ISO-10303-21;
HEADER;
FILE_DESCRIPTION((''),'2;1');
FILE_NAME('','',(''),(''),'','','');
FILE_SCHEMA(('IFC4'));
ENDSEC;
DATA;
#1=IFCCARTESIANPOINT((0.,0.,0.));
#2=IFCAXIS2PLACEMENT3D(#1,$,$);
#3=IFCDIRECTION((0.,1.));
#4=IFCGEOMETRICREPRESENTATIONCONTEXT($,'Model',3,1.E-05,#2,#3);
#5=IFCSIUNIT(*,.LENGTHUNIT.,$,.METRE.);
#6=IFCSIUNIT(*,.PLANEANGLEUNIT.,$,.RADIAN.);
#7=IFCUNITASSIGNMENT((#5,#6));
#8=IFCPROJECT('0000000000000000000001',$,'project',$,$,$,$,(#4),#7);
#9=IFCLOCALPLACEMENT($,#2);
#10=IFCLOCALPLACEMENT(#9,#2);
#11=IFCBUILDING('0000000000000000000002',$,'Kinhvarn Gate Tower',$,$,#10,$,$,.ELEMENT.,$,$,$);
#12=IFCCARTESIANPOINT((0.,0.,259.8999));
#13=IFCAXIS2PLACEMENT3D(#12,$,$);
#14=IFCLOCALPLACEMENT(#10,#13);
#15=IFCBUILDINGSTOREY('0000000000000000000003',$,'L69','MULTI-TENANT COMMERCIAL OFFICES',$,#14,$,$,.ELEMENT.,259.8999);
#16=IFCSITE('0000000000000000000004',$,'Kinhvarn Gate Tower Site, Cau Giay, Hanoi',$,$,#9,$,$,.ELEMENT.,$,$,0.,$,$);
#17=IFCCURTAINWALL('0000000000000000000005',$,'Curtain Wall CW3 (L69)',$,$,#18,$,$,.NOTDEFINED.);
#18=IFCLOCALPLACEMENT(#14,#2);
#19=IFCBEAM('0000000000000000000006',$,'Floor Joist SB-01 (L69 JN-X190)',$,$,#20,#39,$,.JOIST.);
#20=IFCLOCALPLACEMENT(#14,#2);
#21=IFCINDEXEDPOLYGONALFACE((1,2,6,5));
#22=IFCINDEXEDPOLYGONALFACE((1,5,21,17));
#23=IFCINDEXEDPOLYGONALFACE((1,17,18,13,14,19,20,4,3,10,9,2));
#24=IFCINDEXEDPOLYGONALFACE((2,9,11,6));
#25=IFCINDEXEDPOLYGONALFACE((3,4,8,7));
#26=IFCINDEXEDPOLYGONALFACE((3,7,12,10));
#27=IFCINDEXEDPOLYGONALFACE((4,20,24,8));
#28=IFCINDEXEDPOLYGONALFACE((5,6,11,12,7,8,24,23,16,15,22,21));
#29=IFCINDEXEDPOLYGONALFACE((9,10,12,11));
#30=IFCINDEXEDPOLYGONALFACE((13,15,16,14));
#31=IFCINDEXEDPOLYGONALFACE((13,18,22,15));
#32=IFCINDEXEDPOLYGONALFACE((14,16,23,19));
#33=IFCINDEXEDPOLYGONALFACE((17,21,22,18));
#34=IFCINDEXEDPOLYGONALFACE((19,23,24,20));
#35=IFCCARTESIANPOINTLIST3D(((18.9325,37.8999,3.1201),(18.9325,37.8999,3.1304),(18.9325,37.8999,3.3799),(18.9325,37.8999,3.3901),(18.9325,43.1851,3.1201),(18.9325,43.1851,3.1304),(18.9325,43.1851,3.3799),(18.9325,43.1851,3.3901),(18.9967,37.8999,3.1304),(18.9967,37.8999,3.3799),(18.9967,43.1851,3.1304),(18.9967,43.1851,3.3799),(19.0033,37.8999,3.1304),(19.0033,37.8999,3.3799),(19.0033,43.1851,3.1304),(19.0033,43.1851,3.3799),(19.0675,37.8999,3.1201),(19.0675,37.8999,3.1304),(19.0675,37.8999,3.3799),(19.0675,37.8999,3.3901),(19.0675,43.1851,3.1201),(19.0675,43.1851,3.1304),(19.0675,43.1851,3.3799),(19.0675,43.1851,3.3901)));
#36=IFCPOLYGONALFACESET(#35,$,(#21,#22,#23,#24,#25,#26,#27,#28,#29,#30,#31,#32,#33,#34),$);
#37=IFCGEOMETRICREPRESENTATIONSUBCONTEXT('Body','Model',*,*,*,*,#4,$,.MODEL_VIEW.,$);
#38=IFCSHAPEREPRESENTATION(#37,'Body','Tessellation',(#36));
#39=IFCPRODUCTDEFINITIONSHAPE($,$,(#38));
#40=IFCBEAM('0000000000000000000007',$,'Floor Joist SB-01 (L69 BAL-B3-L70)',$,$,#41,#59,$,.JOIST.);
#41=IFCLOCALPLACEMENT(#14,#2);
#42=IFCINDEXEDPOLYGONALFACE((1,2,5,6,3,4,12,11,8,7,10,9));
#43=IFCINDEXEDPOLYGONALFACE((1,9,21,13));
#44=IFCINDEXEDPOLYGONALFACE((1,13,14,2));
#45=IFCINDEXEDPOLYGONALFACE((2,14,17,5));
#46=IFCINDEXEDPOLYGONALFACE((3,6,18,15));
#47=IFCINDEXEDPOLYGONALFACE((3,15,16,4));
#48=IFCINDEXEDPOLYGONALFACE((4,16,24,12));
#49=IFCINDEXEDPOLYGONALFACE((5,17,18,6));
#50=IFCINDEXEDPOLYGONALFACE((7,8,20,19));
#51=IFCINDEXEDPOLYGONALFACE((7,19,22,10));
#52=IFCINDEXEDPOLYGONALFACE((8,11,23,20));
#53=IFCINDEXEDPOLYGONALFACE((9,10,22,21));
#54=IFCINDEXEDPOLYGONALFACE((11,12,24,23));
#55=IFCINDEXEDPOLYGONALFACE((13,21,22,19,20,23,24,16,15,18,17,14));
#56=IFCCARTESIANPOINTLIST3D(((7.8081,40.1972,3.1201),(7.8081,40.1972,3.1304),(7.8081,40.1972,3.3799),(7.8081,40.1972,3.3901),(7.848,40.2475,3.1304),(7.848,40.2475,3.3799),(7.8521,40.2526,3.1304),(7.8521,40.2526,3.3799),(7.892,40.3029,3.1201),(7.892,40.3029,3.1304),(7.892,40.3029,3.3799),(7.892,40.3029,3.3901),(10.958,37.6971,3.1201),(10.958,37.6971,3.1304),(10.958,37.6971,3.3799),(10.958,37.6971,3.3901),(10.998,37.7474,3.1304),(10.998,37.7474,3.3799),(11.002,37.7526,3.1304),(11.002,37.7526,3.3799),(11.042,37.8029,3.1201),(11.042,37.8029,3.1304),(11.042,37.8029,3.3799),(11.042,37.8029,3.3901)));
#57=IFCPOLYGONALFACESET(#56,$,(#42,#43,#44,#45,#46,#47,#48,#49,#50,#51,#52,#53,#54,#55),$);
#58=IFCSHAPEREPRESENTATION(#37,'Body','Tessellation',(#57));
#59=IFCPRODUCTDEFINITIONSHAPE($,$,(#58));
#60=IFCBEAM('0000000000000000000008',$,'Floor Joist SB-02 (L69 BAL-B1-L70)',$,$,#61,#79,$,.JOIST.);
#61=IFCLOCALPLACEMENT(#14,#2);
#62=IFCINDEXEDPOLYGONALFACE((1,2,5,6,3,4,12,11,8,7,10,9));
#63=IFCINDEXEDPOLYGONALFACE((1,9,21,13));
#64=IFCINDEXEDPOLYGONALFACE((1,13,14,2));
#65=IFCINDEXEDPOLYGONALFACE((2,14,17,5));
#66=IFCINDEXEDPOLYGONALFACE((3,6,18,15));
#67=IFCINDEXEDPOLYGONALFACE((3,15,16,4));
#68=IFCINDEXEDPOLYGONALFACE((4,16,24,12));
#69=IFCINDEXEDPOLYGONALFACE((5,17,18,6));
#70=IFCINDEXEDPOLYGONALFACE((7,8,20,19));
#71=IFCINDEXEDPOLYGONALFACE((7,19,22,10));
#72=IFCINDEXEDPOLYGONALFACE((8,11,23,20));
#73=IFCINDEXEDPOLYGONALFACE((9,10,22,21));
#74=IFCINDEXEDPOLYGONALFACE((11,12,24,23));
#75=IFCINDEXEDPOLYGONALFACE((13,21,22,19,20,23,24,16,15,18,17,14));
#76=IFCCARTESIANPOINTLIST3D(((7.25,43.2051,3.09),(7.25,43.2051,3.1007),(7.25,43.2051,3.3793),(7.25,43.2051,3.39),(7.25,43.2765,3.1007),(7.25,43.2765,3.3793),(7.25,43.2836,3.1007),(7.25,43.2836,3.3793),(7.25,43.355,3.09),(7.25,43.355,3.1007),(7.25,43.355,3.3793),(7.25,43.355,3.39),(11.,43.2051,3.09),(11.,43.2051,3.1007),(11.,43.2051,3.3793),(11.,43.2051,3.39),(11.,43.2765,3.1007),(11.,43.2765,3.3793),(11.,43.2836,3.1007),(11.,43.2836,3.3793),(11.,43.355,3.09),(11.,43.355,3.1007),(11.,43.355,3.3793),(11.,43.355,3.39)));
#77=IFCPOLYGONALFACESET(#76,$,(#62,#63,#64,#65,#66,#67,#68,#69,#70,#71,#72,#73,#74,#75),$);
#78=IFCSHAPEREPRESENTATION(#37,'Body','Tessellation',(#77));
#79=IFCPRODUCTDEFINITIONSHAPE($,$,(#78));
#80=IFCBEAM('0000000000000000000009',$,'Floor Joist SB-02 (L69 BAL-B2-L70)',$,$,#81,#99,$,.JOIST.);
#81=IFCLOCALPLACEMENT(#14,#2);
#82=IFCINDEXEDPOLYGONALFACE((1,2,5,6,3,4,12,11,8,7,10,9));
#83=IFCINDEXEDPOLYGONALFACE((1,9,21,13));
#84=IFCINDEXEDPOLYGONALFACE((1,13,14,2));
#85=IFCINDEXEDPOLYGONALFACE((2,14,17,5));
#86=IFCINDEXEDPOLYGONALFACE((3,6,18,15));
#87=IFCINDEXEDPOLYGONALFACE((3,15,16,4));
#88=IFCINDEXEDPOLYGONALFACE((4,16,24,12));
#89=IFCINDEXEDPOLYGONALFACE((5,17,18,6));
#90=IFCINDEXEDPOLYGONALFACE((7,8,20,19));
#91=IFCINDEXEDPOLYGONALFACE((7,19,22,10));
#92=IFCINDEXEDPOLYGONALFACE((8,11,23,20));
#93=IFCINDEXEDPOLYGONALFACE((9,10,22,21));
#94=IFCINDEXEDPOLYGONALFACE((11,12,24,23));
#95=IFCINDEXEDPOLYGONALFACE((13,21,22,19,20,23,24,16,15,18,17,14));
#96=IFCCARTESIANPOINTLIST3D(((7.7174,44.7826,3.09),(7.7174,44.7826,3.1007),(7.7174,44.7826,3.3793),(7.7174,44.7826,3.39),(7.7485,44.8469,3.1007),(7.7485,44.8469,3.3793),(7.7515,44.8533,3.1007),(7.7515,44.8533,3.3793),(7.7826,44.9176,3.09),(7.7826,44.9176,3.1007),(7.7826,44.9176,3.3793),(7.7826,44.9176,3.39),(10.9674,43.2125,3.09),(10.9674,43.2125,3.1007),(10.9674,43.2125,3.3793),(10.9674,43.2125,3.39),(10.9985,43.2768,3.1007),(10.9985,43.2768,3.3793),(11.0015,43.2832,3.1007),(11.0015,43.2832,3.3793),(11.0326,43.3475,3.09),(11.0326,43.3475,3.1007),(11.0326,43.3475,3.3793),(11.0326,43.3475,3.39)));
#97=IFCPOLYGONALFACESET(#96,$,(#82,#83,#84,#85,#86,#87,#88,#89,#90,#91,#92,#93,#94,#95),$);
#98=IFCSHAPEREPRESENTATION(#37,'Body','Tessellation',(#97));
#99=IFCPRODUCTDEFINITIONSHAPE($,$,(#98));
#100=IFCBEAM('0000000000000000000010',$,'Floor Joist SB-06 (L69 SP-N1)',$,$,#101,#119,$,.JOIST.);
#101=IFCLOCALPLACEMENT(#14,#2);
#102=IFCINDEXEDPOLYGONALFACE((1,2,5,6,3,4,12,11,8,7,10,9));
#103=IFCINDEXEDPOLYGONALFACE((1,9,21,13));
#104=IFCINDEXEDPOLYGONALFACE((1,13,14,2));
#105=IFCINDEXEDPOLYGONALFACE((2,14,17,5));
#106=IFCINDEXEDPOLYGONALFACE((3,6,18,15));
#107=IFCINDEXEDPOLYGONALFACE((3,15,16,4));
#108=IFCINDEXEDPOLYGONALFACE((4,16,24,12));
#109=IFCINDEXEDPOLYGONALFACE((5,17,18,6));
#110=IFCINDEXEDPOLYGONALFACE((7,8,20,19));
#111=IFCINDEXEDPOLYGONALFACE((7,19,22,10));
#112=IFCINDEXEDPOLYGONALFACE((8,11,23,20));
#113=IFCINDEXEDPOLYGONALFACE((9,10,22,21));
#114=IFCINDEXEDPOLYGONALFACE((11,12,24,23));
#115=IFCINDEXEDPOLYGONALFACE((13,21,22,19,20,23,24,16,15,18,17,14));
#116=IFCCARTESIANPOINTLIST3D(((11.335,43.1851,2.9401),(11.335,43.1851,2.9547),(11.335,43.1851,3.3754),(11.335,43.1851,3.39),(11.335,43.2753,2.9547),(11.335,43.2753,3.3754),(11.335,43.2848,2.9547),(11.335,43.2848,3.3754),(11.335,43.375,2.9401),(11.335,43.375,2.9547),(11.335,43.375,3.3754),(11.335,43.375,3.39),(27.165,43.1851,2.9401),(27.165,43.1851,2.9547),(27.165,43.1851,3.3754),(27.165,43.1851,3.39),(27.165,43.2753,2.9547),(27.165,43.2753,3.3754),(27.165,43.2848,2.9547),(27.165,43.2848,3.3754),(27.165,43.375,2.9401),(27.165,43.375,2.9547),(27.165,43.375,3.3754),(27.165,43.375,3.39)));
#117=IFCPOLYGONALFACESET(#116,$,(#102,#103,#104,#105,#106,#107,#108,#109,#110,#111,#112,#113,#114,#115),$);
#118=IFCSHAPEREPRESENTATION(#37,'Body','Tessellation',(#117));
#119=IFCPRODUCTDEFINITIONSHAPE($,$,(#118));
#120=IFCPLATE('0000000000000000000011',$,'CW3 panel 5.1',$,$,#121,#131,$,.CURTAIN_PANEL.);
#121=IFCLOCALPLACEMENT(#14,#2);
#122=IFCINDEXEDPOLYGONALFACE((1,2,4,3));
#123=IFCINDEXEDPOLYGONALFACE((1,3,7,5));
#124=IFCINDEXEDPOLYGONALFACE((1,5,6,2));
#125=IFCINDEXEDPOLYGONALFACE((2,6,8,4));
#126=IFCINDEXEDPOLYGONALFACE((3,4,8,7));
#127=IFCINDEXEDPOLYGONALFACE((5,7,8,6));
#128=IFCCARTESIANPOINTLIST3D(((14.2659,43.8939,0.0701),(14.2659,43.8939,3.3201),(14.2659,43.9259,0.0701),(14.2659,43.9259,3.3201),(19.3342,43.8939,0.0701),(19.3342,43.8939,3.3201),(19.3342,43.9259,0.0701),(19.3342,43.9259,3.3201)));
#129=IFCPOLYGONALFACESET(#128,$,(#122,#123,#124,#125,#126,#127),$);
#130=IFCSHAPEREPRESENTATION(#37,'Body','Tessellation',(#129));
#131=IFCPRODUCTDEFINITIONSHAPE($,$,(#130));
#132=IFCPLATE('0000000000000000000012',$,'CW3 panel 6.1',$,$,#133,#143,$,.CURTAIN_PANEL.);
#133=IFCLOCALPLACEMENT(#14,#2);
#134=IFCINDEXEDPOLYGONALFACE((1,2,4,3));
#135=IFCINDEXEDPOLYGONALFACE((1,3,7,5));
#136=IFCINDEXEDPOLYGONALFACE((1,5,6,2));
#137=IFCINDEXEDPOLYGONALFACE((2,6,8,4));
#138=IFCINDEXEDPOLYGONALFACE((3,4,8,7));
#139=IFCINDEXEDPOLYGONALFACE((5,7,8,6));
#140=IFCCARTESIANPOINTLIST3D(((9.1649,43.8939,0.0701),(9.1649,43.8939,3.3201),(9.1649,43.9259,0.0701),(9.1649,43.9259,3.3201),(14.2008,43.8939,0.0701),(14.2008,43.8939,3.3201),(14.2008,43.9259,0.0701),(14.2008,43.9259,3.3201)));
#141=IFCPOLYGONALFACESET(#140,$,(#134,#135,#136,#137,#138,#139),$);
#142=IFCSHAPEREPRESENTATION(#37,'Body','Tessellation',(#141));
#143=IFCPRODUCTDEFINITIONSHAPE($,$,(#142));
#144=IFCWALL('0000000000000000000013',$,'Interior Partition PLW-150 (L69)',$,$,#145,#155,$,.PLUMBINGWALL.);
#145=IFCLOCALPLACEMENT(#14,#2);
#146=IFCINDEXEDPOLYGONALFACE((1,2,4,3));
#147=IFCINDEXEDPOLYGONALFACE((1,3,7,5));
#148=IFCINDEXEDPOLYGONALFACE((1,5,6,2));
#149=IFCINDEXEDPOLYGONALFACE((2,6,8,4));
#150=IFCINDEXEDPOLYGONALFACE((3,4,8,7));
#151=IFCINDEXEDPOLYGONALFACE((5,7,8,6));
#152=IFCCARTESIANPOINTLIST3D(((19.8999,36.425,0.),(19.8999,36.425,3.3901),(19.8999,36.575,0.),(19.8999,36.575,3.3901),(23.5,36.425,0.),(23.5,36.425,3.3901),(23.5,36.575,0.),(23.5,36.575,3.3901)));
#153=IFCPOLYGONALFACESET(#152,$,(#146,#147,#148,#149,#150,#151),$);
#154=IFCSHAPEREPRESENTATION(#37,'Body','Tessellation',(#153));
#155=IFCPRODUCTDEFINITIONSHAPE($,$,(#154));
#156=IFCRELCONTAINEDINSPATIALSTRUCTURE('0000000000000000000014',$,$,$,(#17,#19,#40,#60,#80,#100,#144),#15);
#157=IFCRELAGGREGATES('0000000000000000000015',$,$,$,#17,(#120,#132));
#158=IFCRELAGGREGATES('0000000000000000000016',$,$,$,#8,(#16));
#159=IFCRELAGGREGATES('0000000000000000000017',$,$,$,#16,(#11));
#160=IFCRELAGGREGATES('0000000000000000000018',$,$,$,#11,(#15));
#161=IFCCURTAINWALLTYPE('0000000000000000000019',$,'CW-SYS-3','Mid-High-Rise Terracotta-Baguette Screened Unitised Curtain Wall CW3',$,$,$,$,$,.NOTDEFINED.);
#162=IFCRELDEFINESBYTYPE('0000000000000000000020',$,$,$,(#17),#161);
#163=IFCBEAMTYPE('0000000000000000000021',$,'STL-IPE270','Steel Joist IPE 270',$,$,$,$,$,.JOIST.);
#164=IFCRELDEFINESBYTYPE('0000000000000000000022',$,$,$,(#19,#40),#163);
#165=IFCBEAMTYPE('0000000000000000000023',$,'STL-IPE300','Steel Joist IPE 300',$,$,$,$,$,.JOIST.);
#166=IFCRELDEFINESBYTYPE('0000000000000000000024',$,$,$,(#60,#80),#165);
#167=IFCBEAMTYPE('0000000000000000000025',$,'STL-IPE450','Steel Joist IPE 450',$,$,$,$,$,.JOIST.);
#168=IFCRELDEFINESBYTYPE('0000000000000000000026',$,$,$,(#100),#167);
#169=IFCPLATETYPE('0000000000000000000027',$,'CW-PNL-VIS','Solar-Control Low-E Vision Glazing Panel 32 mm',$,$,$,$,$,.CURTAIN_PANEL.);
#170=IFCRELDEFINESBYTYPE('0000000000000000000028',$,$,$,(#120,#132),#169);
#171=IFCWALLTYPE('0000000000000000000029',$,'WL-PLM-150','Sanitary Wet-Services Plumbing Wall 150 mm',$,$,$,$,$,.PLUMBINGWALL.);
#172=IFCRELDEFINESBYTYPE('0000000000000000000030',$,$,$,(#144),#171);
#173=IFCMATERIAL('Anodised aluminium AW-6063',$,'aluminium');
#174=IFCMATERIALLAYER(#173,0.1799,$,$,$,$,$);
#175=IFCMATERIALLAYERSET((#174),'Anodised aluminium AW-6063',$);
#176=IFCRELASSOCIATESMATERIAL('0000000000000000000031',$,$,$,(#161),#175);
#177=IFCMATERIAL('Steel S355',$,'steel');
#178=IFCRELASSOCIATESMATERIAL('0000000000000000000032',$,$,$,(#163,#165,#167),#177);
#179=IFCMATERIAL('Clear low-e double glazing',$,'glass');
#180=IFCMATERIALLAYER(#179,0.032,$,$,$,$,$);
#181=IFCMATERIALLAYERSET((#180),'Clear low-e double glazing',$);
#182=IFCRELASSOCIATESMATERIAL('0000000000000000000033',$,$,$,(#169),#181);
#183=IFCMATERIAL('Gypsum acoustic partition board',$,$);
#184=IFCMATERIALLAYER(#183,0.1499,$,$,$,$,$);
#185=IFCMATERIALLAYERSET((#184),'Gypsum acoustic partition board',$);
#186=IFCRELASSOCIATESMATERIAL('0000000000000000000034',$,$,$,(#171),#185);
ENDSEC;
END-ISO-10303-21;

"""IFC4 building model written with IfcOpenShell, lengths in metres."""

from ifc_helpers import new_model, si_unit, direction, frame, frame_2d, origin, origin_2d, place, context, subcontext, project, spatial, rectangle, i_section, extrude, material, layer, layer_set, material_profile, profile_set, type_object, element, aggregate, save


model = new_model("IFC4")

# Units and contexts
model_context = context("Model", 3, precision=1e-05, world=origin(), true_north=direction((0.0, 1.0)))
body_context = subcontext(model_context, "Body", "Model", "MODEL_VIEW")
ifc_project = project(units=[si_unit("LENGTHUNIT", "METRE"), si_unit("PLANEANGLEUNIT", "RADIAN")], contexts=[model_context])

# Site, building, storey
site_placement = place(None, origin())
site = spatial("IfcSite", under=ifc_project, at=site_placement, Name="Kinhvarn Gate Tower Site, Cau Giay, Hanoi", CompositionType="ELEMENT", RefElevation=0.0)
building_placement = place(site_placement, origin())
building = spatial("IfcBuilding", under=site, at=building_placement, Name="Kinhvarn Gate Tower", CompositionType="ELEMENT")
storey_placement = place(building_placement, frame((0.0, 0.0, 259.8999)))
storey = spatial("IfcBuildingStorey", under=building, at=storey_placement, Name="L69", Description="MULTI-TENANT COMMERCIAL OFFICES", CompositionType="ELEMENT", Elevation=259.8999)

# Curtain wall
ifc_material_1 = material(Name="Anodised aluminium AW-6063", Category="aluminium")
ifc_layer_1 = layer(ifc_material_1, 0.1799)
ifc_layer_set_1 = layer_set([ifc_layer_1], Name="Anodised aluminium AW-6063")
curtain_wall_type = type_object("IfcCurtainWallType", Name="CW-SYS-3", Description="Mid-High-Rise Terracotta-Baguette Screened Unitised Curtain Wall CW3", PredefinedType="NOTDEFINED", material=ifc_layer_set_1)
curtain_wall_placement = place(storey_placement, origin())
curtain_wall = element("IfcCurtainWall", 1, at=curtain_wall_placement, inside=storey, type_object=curtain_wall_type, Name="Curtain Wall CW3 (L69)", PredefinedType="NOTDEFINED")

# Beams
ifc_material_2 = material(Name="Steel S355", Category="steel")
ifc_material_profile_1 = material_profile(ifc_material_2, i_section(OverallWidth=0.135, OverallDepth=0.27, WebThickness=0.0066, FlangeThickness=0.0103, at=origin_2d()), Name="IPE 270")
ifc_profile_set_1 = profile_set([ifc_material_profile_1], Name="Steel S355")
beam_type_1 = type_object("IfcBeamType", Name="STL-IPE270", Description="Steel Joist IPE 270", PredefinedType="JOIST", material=ifc_profile_set_1)
for number, where, z_axis, x_axis, name in (
    (2, (19.0, 37.8999, 3.2551), (0.0, 1.0, 0.0), (-1.0, 0.0, 0.0), "Floor Joist SB-01 (L69 JN-X190)"),
):
    element("IfcBeam", number, at=place(storey_placement, frame(where, z_axis=z_axis, x_axis=x_axis)), inside=storey, type_object=beam_type_1, Name=name, PredefinedType="JOIST", context=body_context, shape_type="SweptSolid", body=[
        extrude(i_section(OverallWidth=0.135, OverallDepth=0.27, WebThickness=0.0066, FlangeThickness=0.0103, at=origin_2d()), origin(), (0.0, 0.0, 1.0), 5.2852),
    ])
beam_1_placement = place(storey_placement, frame((11.0, 37.75, 3.2551), z_axis=(-0.78328, 0.62167, 0.0), x_axis=(-0.62167, -0.78328, 0.0)))
element("IfcBeam", 3, at=beam_1_placement, inside=storey, type_object=beam_type_1, Name="Floor Joist SB-01 (L69 BAL-B3-L70)", PredefinedType="JOIST", context=body_context, shape_type="SweptSolid", body=[
    extrude(i_section(OverallWidth=0.135, OverallDepth=0.27, WebThickness=0.0066, FlangeThickness=0.0103, at=origin_2d()), origin(), (0.0, 0.0, 1.0), 4.0215),
])
ifc_material_profile_2 = material_profile(ifc_material_2, i_section(OverallWidth=0.1499, OverallDepth=0.3, WebThickness=0.0071, FlangeThickness=0.0107, at=origin_2d()), Name="IPE 300")
ifc_profile_set_2 = profile_set([ifc_material_profile_2], Name="Steel S355")
beam_type_2 = type_object("IfcBeamType", Name="STL-IPE300", Description="Steel Joist IPE 300", PredefinedType="JOIST", material=ifc_profile_set_2)
beam_2_placement = place(storey_placement, frame((11.0, 43.28, 3.24), z_axis=(-1.0, 0.0, 0.0), x_axis=(0.0, -1.0, 0.0)))
element("IfcBeam", 4, at=beam_2_placement, inside=storey, type_object=beam_type_2, Name="Floor Joist SB-02 (L69 BAL-B1-L70)", PredefinedType="JOIST", context=body_context, shape_type="SweptSolid", body=[
    extrude(i_section(OverallWidth=0.1499, OverallDepth=0.3, WebThickness=0.0071, FlangeThickness=0.0107, at=origin_2d()), origin(), (0.0, 0.0, 1.0), 3.75),
])
beam_3_placement = place(storey_placement, frame((11.0, 43.28, 3.24), z_axis=(-0.900432, 0.434997, 0.0), x_axis=(-0.434997, -0.900432, 0.0)))
element("IfcBeam", 5, at=beam_3_placement, inside=storey, type_object=beam_type_2, Name="Floor Joist SB-02 (L69 BAL-B2-L70)", PredefinedType="JOIST", context=body_context, shape_type="SweptSolid", body=[
    extrude(i_section(OverallWidth=0.1499, OverallDepth=0.3, WebThickness=0.0071, FlangeThickness=0.0107, at=origin_2d()), origin(), (0.0, 0.0, 1.0), 3.6094),
])
ifc_material_profile_3 = material_profile(ifc_material_2, i_section(OverallWidth=0.1899, OverallDepth=0.45, WebThickness=0.0095, FlangeThickness=0.0146, at=origin_2d()), Name="IPE 450")
ifc_profile_set_3 = profile_set([ifc_material_profile_3], Name="Steel S355")
beam_type_3 = type_object("IfcBeamType", Name="STL-IPE450", Description="Steel Joist IPE 450", PredefinedType="JOIST", material=ifc_profile_set_3)
beam_4_placement = place(storey_placement, frame((11.335, 43.28, 3.165), z_axis=(1.0, 0.0, 0.0), x_axis=(0.0, 1.0, 0.0)))
element("IfcBeam", 6, at=beam_4_placement, inside=storey, type_object=beam_type_3, Name="Floor Joist SB-06 (L69 SP-N1)", PredefinedType="JOIST", context=body_context, shape_type="SweptSolid", body=[
    extrude(i_section(OverallWidth=0.1899, OverallDepth=0.45, WebThickness=0.0095, FlangeThickness=0.0146, at=origin_2d()), origin(), (0.0, 0.0, 1.0), 15.8301),
])

# Plates
ifc_material_3 = material(Name="Clear low-e double glazing", Category="glass")
ifc_layer_2 = layer(ifc_material_3, 0.032)
ifc_layer_set_2 = layer_set([ifc_layer_2], Name="Clear low-e double glazing")
plate_type = type_object("IfcPlateType", Name="CW-PNL-VIS", Description="Solar-Control Low-E Vision Glazing Panel 32 mm", PredefinedType="CURTAIN_PANEL", material=ifc_layer_set_2)
plate_1_placement = place(storey_placement, frame((16.8, 43.9099, 0.0701), z_axis=(0.0, 0.0, 1.0), x_axis=(-1.0, 0.0, 0.0)))
plate_1 = element("IfcPlate", 7, at=plate_1_placement, type_object=plate_type, Name="CW3 panel 5.1", PredefinedType="CURTAIN_PANEL", context=body_context, shape_type="SweptSolid", body=[
    extrude(rectangle(XDim=5.0684, YDim=0.032, at=origin_2d()), origin(), (0.0, 0.0, 1.0), 3.25),
])
plate_2_placement = place(storey_placement, frame((11.6829, 43.9099, 0.0701), z_axis=(0.0, 0.0, 1.0), x_axis=(-1.0, 0.0, 0.0)))
plate_2 = element("IfcPlate", 8, at=plate_2_placement, type_object=plate_type, Name="CW3 panel 6.1", PredefinedType="CURTAIN_PANEL", context=body_context, shape_type="SweptSolid", body=[
    extrude(rectangle(XDim=5.0359, YDim=0.032, at=origin_2d()), origin(), (0.0, 0.0, 1.0), 3.25),
])
aggregate(curtain_wall, [plate_1, plate_2])

# Wall
ifc_material_4 = material(Name="Gypsum acoustic partition board")
ifc_layer_3 = layer(ifc_material_4, 0.1499)
ifc_layer_set_3 = layer_set([ifc_layer_3], Name="Gypsum acoustic partition board")
wall_type_1 = type_object("IfcWallType", Name="WL-PLM-150", Description="Sanitary Wet-Services Plumbing Wall 150 mm", PredefinedType="PLUMBINGWALL", material=ifc_layer_set_3)
wall_1_placement = place(storey_placement, frame((19.8999, 36.5, 0.0), z_axis=(0.0, 0.0, 1.0), x_axis=(1.0, 0.0, 0.0)))
element("IfcWall", 9, at=wall_1_placement, inside=storey, type_object=wall_type_1, Name="Interior Partition PLW-150 (L69)", PredefinedType="PLUMBINGWALL", context=body_context, shape_type="SweptSolid", body=[
    extrude(rectangle(XDim=3.6001, YDim=0.1499, at=frame_2d((1.8, 0.0))), origin(), (0.0, 0.0, 1.0), 3.3901),
])

save(model, "model.ifc")
